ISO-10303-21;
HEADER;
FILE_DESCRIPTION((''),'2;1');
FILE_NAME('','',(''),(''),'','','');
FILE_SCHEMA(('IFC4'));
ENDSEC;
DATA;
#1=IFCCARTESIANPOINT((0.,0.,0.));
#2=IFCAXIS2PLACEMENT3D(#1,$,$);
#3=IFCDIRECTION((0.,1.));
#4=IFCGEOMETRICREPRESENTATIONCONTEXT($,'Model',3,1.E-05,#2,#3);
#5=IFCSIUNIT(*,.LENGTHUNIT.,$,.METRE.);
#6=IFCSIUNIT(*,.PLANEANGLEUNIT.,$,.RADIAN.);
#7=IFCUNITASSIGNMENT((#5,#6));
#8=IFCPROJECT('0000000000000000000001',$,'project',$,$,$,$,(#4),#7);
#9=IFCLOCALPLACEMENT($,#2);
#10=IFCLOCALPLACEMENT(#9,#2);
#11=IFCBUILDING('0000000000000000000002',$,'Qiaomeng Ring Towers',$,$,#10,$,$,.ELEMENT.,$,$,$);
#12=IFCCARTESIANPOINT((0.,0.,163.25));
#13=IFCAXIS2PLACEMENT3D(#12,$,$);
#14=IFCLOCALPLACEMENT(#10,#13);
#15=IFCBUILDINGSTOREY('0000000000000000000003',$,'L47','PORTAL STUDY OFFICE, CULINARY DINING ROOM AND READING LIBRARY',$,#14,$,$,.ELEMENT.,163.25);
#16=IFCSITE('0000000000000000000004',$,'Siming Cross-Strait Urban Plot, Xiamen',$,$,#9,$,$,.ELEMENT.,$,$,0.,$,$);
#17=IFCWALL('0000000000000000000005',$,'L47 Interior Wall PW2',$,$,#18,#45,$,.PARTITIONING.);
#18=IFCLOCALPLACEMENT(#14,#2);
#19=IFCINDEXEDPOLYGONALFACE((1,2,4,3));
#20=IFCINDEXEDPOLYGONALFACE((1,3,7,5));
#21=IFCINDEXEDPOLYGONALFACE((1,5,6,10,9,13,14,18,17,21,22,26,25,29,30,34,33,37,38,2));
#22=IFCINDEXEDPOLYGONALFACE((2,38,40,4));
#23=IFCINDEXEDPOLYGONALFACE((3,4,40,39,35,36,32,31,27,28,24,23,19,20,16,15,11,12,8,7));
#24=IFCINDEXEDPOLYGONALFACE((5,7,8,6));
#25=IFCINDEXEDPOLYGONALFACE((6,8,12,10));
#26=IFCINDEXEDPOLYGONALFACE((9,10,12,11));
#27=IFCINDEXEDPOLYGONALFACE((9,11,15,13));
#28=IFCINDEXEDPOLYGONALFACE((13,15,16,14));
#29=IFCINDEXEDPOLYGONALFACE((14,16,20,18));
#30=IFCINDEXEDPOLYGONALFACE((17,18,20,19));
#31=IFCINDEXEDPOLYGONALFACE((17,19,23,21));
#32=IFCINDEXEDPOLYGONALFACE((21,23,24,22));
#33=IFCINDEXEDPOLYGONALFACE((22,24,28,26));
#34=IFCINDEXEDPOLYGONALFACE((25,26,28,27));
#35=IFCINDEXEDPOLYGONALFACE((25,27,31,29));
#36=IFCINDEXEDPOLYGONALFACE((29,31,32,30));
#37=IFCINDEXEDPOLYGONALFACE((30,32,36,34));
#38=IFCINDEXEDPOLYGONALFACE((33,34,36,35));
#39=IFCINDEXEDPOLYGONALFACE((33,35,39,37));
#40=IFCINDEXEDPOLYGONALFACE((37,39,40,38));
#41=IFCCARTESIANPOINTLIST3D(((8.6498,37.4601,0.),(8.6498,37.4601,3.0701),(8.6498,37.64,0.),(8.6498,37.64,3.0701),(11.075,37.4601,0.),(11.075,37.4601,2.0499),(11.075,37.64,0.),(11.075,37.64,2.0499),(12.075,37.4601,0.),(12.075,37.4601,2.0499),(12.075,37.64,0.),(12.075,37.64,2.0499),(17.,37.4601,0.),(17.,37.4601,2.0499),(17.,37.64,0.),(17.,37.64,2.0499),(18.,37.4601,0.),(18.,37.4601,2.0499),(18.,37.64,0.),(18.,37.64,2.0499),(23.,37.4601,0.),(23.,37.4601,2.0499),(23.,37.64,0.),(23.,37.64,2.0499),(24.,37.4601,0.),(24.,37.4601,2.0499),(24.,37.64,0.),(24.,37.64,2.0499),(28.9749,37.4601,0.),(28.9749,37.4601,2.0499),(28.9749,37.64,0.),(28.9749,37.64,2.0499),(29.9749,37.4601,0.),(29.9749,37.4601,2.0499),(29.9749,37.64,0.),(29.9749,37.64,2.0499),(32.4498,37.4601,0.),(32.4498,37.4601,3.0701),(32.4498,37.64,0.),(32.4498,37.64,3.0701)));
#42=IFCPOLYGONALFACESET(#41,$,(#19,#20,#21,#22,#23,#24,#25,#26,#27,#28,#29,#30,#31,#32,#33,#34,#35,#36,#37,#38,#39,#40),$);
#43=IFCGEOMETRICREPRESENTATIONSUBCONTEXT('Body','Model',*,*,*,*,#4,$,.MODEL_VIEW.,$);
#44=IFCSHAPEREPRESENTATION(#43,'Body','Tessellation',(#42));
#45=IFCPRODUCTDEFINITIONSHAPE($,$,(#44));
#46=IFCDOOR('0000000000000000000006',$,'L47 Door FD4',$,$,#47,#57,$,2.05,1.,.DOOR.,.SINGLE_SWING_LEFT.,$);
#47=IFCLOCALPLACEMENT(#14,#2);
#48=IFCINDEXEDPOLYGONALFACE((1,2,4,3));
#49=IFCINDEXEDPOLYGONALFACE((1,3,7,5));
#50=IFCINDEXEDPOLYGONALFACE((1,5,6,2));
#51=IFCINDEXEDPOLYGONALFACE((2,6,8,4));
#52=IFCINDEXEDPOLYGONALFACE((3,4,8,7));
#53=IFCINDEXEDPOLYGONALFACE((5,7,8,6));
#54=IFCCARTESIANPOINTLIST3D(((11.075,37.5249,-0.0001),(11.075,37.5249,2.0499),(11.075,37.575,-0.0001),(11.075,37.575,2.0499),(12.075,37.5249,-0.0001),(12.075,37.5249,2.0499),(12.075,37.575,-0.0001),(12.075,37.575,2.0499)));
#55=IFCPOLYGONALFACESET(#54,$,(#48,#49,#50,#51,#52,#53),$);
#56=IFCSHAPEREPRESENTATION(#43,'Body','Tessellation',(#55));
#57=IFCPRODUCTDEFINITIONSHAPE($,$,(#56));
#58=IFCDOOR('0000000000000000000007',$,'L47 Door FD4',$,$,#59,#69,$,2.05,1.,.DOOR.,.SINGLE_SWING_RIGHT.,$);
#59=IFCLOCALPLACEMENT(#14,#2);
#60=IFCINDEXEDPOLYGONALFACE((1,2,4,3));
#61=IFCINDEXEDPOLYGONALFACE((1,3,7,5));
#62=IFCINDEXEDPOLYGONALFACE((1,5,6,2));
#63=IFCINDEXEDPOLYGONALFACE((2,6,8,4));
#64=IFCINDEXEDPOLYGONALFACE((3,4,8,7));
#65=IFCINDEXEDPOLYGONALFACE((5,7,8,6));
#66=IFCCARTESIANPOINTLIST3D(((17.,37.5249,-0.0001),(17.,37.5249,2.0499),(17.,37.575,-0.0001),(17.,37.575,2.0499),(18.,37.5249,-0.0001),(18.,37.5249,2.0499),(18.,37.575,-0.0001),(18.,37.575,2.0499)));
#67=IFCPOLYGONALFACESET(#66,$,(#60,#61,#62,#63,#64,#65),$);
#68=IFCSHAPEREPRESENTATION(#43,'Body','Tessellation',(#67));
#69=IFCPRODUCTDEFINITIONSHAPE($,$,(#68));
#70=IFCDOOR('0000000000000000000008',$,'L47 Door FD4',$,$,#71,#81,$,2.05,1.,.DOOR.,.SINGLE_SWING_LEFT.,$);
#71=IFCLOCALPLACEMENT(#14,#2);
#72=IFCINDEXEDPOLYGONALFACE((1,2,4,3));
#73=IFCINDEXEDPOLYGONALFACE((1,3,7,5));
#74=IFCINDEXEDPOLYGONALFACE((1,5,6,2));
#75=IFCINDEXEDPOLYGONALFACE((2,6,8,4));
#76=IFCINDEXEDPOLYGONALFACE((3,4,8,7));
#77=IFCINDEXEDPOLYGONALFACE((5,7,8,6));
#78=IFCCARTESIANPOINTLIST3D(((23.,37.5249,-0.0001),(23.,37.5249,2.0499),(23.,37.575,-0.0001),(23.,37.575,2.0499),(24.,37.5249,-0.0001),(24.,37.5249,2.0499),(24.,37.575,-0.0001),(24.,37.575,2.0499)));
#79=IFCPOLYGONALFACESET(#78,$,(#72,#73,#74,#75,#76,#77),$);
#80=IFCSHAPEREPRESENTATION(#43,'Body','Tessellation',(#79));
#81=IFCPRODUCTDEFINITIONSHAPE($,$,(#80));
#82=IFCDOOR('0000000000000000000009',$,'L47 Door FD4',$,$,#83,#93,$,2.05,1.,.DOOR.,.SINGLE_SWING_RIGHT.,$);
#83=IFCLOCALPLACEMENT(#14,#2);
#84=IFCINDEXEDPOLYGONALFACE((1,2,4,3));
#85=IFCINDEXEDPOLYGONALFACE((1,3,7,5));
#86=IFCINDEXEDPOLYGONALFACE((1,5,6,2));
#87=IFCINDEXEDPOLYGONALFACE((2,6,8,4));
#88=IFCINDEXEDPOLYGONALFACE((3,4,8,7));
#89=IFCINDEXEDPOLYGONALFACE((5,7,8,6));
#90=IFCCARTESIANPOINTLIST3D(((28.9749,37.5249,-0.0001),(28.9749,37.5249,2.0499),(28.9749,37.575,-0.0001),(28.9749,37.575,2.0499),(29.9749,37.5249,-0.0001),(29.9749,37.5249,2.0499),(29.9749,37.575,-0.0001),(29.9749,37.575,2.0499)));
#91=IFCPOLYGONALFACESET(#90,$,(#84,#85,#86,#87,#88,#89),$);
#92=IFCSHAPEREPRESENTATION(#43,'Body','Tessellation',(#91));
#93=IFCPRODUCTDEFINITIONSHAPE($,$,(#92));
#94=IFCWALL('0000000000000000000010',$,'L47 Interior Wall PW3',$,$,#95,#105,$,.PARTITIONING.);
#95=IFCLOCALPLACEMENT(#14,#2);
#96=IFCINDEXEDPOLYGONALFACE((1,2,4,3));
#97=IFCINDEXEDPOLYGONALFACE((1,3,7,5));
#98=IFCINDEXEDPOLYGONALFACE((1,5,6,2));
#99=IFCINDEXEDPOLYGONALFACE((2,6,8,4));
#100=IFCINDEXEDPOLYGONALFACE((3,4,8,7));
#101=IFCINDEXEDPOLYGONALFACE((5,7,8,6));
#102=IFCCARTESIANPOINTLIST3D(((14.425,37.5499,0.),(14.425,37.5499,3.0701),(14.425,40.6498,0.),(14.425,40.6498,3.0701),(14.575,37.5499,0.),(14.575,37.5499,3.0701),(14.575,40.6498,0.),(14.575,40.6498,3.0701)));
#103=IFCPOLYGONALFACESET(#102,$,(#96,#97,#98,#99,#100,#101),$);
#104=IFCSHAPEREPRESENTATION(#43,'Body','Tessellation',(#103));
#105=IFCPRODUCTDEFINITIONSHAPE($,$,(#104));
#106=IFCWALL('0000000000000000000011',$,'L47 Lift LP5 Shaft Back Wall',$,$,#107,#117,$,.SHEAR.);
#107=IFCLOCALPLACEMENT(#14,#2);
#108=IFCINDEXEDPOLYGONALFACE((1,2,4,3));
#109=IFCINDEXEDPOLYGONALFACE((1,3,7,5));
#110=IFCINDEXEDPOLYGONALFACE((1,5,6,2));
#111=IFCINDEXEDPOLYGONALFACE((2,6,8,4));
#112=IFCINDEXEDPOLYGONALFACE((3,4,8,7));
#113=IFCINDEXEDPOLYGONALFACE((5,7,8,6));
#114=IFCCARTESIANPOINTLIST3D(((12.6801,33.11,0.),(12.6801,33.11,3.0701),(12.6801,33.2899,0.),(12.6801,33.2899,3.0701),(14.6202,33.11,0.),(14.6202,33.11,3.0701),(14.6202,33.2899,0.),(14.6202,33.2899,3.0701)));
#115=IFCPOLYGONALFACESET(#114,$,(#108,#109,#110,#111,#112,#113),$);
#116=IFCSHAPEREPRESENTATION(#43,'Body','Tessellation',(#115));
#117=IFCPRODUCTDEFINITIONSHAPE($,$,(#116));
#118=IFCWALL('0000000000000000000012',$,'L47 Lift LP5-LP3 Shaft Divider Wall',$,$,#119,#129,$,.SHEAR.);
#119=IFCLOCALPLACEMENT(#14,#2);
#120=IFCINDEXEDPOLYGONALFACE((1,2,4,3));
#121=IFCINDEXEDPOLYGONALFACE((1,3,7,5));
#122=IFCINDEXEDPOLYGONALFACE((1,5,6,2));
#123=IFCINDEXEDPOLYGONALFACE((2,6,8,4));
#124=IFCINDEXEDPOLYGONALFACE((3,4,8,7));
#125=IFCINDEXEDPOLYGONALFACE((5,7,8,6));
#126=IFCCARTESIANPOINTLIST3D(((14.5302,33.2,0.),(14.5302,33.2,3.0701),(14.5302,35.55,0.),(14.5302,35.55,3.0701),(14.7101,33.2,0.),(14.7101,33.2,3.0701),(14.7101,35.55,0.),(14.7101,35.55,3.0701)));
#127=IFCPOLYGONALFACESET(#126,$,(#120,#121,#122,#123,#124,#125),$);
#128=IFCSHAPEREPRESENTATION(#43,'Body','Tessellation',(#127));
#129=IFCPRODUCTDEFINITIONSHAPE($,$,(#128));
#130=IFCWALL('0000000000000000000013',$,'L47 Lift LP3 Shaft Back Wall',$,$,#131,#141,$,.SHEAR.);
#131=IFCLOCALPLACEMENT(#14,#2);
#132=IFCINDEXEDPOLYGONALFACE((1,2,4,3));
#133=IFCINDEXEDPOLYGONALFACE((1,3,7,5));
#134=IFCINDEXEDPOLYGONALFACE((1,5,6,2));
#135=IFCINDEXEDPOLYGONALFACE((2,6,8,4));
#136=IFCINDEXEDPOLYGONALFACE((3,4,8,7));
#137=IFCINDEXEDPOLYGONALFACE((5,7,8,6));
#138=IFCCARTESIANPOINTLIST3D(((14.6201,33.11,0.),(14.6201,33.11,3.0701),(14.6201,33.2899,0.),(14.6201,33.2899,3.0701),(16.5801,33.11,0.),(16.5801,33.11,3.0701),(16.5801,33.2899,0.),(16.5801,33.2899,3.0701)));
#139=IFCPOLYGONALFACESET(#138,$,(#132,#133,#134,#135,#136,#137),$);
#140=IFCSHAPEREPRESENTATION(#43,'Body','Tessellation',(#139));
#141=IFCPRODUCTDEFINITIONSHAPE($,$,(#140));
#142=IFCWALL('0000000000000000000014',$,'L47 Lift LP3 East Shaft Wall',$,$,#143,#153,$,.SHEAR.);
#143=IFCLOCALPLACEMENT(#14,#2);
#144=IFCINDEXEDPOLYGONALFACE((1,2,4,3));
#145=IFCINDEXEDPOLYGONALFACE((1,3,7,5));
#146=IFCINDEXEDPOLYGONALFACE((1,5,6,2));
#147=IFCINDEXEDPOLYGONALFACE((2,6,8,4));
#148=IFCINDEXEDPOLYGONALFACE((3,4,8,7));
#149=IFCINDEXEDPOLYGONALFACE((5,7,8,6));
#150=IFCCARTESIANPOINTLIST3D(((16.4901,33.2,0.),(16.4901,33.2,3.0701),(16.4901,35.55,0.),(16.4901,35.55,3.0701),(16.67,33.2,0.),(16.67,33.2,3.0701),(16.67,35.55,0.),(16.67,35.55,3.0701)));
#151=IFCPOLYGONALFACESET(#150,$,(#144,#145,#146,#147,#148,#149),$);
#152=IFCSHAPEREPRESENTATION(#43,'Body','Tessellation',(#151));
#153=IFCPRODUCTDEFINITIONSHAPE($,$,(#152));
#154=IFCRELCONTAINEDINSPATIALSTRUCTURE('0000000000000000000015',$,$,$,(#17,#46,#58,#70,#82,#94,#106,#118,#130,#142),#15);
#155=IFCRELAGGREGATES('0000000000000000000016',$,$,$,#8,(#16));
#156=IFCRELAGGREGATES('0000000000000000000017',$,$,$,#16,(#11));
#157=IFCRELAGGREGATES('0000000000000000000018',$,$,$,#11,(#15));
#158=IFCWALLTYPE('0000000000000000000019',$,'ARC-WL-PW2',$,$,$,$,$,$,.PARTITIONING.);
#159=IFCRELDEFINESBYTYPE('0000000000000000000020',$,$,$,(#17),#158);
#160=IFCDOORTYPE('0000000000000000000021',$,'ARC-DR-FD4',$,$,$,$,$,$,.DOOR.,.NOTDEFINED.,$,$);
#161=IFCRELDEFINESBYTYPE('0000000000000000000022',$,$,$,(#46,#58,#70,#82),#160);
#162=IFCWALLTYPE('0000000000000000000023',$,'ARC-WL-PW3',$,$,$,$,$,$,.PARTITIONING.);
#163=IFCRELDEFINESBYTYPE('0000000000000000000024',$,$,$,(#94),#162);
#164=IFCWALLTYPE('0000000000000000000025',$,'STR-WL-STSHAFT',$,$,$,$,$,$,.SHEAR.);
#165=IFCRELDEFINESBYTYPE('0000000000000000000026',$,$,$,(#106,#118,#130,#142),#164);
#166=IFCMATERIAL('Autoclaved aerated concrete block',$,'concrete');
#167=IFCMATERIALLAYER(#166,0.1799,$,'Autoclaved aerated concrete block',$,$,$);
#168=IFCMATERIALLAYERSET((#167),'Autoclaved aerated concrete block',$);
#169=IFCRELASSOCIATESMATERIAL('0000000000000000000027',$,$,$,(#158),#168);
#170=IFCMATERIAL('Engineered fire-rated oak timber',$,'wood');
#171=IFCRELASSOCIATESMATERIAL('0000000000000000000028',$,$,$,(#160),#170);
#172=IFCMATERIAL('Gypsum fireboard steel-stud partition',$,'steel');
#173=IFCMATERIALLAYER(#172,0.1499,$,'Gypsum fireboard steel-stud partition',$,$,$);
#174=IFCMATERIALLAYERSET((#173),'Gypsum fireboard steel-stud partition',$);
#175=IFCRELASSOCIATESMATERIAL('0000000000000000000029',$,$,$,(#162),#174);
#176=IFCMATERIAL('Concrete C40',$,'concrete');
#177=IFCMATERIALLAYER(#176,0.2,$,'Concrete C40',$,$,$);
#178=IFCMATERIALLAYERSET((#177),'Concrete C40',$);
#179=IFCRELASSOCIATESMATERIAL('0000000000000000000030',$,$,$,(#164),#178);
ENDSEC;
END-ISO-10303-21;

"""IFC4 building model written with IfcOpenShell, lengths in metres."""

from ifc_helpers import new_model, si_unit, direction, frame, frame_2d, origin, place, context, subcontext, project, spatial, rectangle, extrude, source, transform, mapped, material, layer, layer_set, type_object, element, fill, save


model = new_model("IFC4")

# Units and contexts
model_context = context("Model", 3, precision=1e-05, world=origin(), true_north=direction((0.0, 1.0)))
body_context = subcontext(model_context, "Body", "Model", "MODEL_VIEW")
ifc_project = project(units=[si_unit("LENGTHUNIT", "METRE"), si_unit("PLANEANGLEUNIT", "RADIAN")], contexts=[model_context])

# Site, building, storey
site_placement = place(None, origin())
site = spatial("IfcSite", under=ifc_project, at=site_placement, Name="Siming Cross-Strait Urban Plot, Xiamen", CompositionType="ELEMENT", RefElevation=0.0)
building_placement = place(site_placement, origin())
building = spatial("IfcBuilding", under=site, at=building_placement, Name="Qiaomeng Ring Towers", CompositionType="ELEMENT")
storey_placement = place(building_placement, frame((0.0, 0.0, 163.25)))
storey = spatial("IfcBuildingStorey", under=building, at=storey_placement, Name="L47", Description="PORTAL STUDY OFFICE, CULINARY DINING ROOM AND READING LIBRARY", CompositionType="ELEMENT", Elevation=163.25)

# Shared definitions
ifc_material_1 = material(Name="Autoclaved aerated concrete block", Category="concrete")

# Wall, openings, doors
ifc_layer_1 = layer(ifc_material_1, 0.1799, Name="Autoclaved aerated concrete block")
ifc_layer_set_1 = layer_set([ifc_layer_1], Name="Autoclaved aerated concrete block")
wall_type_1 = type_object("IfcWallType", Name="ARC-WL-PW2", PredefinedType="PARTITIONING", material=ifc_layer_set_1)
wall_1_placement = place(storey_placement, frame((8.6499, 37.55, 0.0), z_axis=(0.0, 0.0, 1.0), x_axis=(1.0, 0.0, 0.0)))
wall_1 = element("IfcWall", 1, at=wall_1_placement, inside=storey, type_object=wall_type_1, Name="L47 Interior Wall PW2", PredefinedType="PARTITIONING", context=body_context, shape_type="SweptSolid", body=[
    extrude(rectangle(XDim=23.8, YDim=0.1799, at=frame_2d((11.8999, 0.0))), origin(), (0.0, 0.0, 1.0), 3.0701),
])
opening_1_placement = place(wall_1_placement, frame((2.425, 0.0, 0.0)))
opening_1 = element("IfcOpeningElement", 2, at=opening_1_placement, cuts=wall_1, PredefinedType="OPENING", context=body_context, shape_type="SweptSolid", body=[
    extrude(rectangle(XDim=1.0, YDim=2.05, at=frame_2d((0.5, 1.0249))), frame((0.0, 0.0999, 0.0), z_axis=(0.0, -1.0, 0.0), x_axis=(1.0, 0.0, 0.0)), (0.0, 0.0, 1.0), 0.2),
])
opening_2_placement = place(wall_1_placement, frame((8.3501, 0.0, 0.0)))
opening_2 = element("IfcOpeningElement", 3, at=opening_2_placement, cuts=wall_1, PredefinedType="OPENING", context=body_context, shape_type="SweptSolid", body=[
    extrude(rectangle(XDim=1.0, YDim=2.05, at=frame_2d((0.5, 1.0249))), frame((0.0, 0.0999, 0.0), z_axis=(0.0, -1.0, 0.0), x_axis=(1.0, 0.0, 0.0)), (0.0, 0.0, 1.0), 0.2),
])
opening_3_placement = place(wall_1_placement, frame((14.3501, 0.0, 0.0)))
opening_3 = element("IfcOpeningElement", 4, at=opening_3_placement, cuts=wall_1, PredefinedType="OPENING", context=body_context, shape_type="SweptSolid", body=[
    extrude(rectangle(XDim=1.0, YDim=2.05, at=frame_2d((0.5, 1.0249))), frame((0.0, 0.0999, 0.0), z_axis=(0.0, -1.0, 0.0), x_axis=(1.0, 0.0, 0.0)), (0.0, 0.0, 1.0), 0.2),
])
opening_4_placement = place(wall_1_placement, frame((20.325, 0.0, 0.0)))
opening_4 = element("IfcOpeningElement", 5, at=opening_4_placement, cuts=wall_1, PredefinedType="OPENING", context=body_context, shape_type="SweptSolid", body=[
    extrude(rectangle(XDim=1.0, YDim=2.05, at=frame_2d((0.5, 1.0249))), frame((0.0, 0.0999, 0.0), z_axis=(0.0, -1.0, 0.0), x_axis=(1.0, 0.0, 0.0)), (0.0, 0.0, 1.0), 0.2),
])
ifc_material_2 = material(Name="Engineered fire-rated oak timber", Category="wood")
door_type_1 = type_object("IfcDoorType", Name="ARC-DR-FD4", OperationType="NOTDEFINED", PredefinedType="DOOR", material=ifc_material_2)
shared_shape_1 = source(origin(), body_context, "Body", "SweptSolid", [
    extrude(rectangle(XDim=1.0, YDim=2.05, at=frame_2d((0.5, 1.0249))), frame((0.0, 0.0249, 0.0), z_axis=(0.0, -1.0, 0.0), x_axis=(1.0, 0.0, 0.0)), (0.0, 0.0, 1.0), 0.05),
])
door_1_placement = place(opening_1_placement, origin())
door_1 = element("IfcDoor", 6, at=door_1_placement, inside=storey, type_object=door_type_1, Name="L47 Door FD4", OperationType="SINGLE_SWING_LEFT", OverallHeight=2.05, OverallWidth=1.0, PredefinedType="DOOR", context=body_context, shape_type="MappedRepresentation", body=[
    mapped(shared_shape_1, transform((0.0, 0.0, 0.0), x_axis=(1.0, 0.0, 0.0), y_axis=(0.0, 1.0, 0.0), z_axis=(0.0, 0.0, 1.0), scale=1.0)),
])
fill(opening_1, door_1)
door_2_placement = place(opening_2_placement, origin())
door_2 = element("IfcDoor", 7, at=door_2_placement, inside=storey, type_object=door_type_1, Name="L47 Door FD4", OperationType="SINGLE_SWING_RIGHT", OverallHeight=2.05, OverallWidth=1.0, PredefinedType="DOOR", context=body_context, shape_type="MappedRepresentation", body=[
    mapped(shared_shape_1, transform((0.0, 0.0, 0.0), x_axis=(1.0, 0.0, 0.0), y_axis=(0.0, 1.0, 0.0), z_axis=(0.0, 0.0, 1.0), scale=1.0)),
])
fill(opening_2, door_2)
door_3_placement = place(opening_3_placement, origin())
door_3 = element("IfcDoor", 8, at=door_3_placement, inside=storey, type_object=door_type_1, Name="L47 Door FD4", OperationType="SINGLE_SWING_LEFT", OverallHeight=2.05, OverallWidth=1.0, PredefinedType="DOOR", context=body_context, shape_type="MappedRepresentation", body=[
    mapped(shared_shape_1, transform((0.0, 0.0, 0.0), x_axis=(1.0, 0.0, 0.0), y_axis=(0.0, 1.0, 0.0), z_axis=(0.0, 0.0, 1.0), scale=1.0)),
])
fill(opening_3, door_3)
door_4_placement = place(opening_4_placement, origin())
door_4 = element("IfcDoor", 9, at=door_4_placement, inside=storey, type_object=door_type_1, Name="L47 Door FD4", OperationType="SINGLE_SWING_RIGHT", OverallHeight=2.05, OverallWidth=1.0, PredefinedType="DOOR", context=body_context, shape_type="MappedRepresentation", body=[
    mapped(shared_shape_1, transform((0.0, 0.0, 0.0), x_axis=(1.0, 0.0, 0.0), y_axis=(0.0, 1.0, 0.0), z_axis=(0.0, 0.0, 1.0), scale=1.0)),
])
fill(opening_4, door_4)

# Walls
ifc_material_3 = material(Name="Gypsum fireboard steel-stud partition", Category="steel")
ifc_layer_2 = layer(ifc_material_3, 0.1499, Name="Gypsum fireboard steel-stud partition")
ifc_layer_set_2 = layer_set([ifc_layer_2], Name="Gypsum fireboard steel-stud partition")
wall_type_2 = type_object("IfcWallType", Name="ARC-WL-PW3", PredefinedType="PARTITIONING", material=ifc_layer_set_2)
wall_2_placement = place(storey_placement, frame((14.5, 37.55, 0.0), z_axis=(0.0, 0.0, 1.0), x_axis=(0.0, 1.0, 0.0)))
element("IfcWall", 10, at=wall_2_placement, inside=storey, type_object=wall_type_2, Name="L47 Interior Wall PW3", PredefinedType="PARTITIONING", context=body_context, shape_type="SweptSolid", body=[
    extrude(rectangle(XDim=3.0999, YDim=0.1499, at=frame_2d((1.5498, 0.0))), origin(), (0.0, 0.0, 1.0), 3.0701),
])
ifc_material_4 = material(Name="Concrete C40", Category="concrete")
ifc_layer_3 = layer(ifc_material_4, 0.2, Name="Concrete C40")
ifc_layer_set_3 = layer_set([ifc_layer_3], Name="Concrete C40")
wall_type_3 = type_object("IfcWallType", Name="STR-WL-STSHAFT", PredefinedType="SHEAR", material=ifc_layer_set_3)
wall_3_placement = place(storey_placement, frame((12.6799, 33.2, 0.0), z_axis=(0.0, 0.0, 1.0), x_axis=(1.0, 0.0, 0.0)))
element("IfcWall", 11, at=wall_3_placement, inside=storey, type_object=wall_type_3, Name="L47 Lift LP5 Shaft Back Wall", PredefinedType="SHEAR", context=body_context, shape_type="SweptSolid", body=[
    extrude(rectangle(XDim=1.9402, YDim=0.1799, at=frame_2d((0.9702, 0.0))), origin(), (0.0, 0.0, 1.0), 3.0701),
])
wall_4_placement = place(storey_placement, frame((14.6201, 33.2, 0.0), z_axis=(0.0, 0.0, 1.0), x_axis=(0.0, 1.0, 0.0)))
element("IfcWall", 12, at=wall_4_placement, inside=storey, type_object=wall_type_3, Name="L47 Lift LP5-LP3 Shaft Divider Wall", PredefinedType="SHEAR", context=body_context, shape_type="SweptSolid", body=[
    extrude(rectangle(XDim=2.3501, YDim=0.1799, at=frame_2d((1.175, 0.0))), origin(), (0.0, 0.0, 1.0), 3.0701),
])
wall_5_placement = place(storey_placement, frame((14.6201, 33.2, 0.0), z_axis=(0.0, 0.0, 1.0), x_axis=(1.0, 0.0, 0.0)))
element("IfcWall", 13, at=wall_5_placement, inside=storey, type_object=wall_type_3, Name="L47 Lift LP3 Shaft Back Wall", PredefinedType="SHEAR", context=body_context, shape_type="SweptSolid", body=[
    extrude(rectangle(XDim=1.96, YDim=0.1799, at=frame_2d((0.98, 0.0))), origin(), (0.0, 0.0, 1.0), 3.0701),
])
wall_6_placement = place(storey_placement, frame((16.5801, 33.2, 0.0), z_axis=(0.0, 0.0, 1.0), x_axis=(0.0, 1.0, 0.0)))
element("IfcWall", 14, at=wall_6_placement, inside=storey, type_object=wall_type_3, Name="L47 Lift LP3 East Shaft Wall", PredefinedType="SHEAR", context=body_context, shape_type="SweptSolid", body=[
    extrude(rectangle(XDim=2.3501, YDim=0.1799, at=frame_2d((1.175, 0.0))), origin(), (0.0, 0.0, 1.0), 3.0701),
])

save(model, "model.ifc")
